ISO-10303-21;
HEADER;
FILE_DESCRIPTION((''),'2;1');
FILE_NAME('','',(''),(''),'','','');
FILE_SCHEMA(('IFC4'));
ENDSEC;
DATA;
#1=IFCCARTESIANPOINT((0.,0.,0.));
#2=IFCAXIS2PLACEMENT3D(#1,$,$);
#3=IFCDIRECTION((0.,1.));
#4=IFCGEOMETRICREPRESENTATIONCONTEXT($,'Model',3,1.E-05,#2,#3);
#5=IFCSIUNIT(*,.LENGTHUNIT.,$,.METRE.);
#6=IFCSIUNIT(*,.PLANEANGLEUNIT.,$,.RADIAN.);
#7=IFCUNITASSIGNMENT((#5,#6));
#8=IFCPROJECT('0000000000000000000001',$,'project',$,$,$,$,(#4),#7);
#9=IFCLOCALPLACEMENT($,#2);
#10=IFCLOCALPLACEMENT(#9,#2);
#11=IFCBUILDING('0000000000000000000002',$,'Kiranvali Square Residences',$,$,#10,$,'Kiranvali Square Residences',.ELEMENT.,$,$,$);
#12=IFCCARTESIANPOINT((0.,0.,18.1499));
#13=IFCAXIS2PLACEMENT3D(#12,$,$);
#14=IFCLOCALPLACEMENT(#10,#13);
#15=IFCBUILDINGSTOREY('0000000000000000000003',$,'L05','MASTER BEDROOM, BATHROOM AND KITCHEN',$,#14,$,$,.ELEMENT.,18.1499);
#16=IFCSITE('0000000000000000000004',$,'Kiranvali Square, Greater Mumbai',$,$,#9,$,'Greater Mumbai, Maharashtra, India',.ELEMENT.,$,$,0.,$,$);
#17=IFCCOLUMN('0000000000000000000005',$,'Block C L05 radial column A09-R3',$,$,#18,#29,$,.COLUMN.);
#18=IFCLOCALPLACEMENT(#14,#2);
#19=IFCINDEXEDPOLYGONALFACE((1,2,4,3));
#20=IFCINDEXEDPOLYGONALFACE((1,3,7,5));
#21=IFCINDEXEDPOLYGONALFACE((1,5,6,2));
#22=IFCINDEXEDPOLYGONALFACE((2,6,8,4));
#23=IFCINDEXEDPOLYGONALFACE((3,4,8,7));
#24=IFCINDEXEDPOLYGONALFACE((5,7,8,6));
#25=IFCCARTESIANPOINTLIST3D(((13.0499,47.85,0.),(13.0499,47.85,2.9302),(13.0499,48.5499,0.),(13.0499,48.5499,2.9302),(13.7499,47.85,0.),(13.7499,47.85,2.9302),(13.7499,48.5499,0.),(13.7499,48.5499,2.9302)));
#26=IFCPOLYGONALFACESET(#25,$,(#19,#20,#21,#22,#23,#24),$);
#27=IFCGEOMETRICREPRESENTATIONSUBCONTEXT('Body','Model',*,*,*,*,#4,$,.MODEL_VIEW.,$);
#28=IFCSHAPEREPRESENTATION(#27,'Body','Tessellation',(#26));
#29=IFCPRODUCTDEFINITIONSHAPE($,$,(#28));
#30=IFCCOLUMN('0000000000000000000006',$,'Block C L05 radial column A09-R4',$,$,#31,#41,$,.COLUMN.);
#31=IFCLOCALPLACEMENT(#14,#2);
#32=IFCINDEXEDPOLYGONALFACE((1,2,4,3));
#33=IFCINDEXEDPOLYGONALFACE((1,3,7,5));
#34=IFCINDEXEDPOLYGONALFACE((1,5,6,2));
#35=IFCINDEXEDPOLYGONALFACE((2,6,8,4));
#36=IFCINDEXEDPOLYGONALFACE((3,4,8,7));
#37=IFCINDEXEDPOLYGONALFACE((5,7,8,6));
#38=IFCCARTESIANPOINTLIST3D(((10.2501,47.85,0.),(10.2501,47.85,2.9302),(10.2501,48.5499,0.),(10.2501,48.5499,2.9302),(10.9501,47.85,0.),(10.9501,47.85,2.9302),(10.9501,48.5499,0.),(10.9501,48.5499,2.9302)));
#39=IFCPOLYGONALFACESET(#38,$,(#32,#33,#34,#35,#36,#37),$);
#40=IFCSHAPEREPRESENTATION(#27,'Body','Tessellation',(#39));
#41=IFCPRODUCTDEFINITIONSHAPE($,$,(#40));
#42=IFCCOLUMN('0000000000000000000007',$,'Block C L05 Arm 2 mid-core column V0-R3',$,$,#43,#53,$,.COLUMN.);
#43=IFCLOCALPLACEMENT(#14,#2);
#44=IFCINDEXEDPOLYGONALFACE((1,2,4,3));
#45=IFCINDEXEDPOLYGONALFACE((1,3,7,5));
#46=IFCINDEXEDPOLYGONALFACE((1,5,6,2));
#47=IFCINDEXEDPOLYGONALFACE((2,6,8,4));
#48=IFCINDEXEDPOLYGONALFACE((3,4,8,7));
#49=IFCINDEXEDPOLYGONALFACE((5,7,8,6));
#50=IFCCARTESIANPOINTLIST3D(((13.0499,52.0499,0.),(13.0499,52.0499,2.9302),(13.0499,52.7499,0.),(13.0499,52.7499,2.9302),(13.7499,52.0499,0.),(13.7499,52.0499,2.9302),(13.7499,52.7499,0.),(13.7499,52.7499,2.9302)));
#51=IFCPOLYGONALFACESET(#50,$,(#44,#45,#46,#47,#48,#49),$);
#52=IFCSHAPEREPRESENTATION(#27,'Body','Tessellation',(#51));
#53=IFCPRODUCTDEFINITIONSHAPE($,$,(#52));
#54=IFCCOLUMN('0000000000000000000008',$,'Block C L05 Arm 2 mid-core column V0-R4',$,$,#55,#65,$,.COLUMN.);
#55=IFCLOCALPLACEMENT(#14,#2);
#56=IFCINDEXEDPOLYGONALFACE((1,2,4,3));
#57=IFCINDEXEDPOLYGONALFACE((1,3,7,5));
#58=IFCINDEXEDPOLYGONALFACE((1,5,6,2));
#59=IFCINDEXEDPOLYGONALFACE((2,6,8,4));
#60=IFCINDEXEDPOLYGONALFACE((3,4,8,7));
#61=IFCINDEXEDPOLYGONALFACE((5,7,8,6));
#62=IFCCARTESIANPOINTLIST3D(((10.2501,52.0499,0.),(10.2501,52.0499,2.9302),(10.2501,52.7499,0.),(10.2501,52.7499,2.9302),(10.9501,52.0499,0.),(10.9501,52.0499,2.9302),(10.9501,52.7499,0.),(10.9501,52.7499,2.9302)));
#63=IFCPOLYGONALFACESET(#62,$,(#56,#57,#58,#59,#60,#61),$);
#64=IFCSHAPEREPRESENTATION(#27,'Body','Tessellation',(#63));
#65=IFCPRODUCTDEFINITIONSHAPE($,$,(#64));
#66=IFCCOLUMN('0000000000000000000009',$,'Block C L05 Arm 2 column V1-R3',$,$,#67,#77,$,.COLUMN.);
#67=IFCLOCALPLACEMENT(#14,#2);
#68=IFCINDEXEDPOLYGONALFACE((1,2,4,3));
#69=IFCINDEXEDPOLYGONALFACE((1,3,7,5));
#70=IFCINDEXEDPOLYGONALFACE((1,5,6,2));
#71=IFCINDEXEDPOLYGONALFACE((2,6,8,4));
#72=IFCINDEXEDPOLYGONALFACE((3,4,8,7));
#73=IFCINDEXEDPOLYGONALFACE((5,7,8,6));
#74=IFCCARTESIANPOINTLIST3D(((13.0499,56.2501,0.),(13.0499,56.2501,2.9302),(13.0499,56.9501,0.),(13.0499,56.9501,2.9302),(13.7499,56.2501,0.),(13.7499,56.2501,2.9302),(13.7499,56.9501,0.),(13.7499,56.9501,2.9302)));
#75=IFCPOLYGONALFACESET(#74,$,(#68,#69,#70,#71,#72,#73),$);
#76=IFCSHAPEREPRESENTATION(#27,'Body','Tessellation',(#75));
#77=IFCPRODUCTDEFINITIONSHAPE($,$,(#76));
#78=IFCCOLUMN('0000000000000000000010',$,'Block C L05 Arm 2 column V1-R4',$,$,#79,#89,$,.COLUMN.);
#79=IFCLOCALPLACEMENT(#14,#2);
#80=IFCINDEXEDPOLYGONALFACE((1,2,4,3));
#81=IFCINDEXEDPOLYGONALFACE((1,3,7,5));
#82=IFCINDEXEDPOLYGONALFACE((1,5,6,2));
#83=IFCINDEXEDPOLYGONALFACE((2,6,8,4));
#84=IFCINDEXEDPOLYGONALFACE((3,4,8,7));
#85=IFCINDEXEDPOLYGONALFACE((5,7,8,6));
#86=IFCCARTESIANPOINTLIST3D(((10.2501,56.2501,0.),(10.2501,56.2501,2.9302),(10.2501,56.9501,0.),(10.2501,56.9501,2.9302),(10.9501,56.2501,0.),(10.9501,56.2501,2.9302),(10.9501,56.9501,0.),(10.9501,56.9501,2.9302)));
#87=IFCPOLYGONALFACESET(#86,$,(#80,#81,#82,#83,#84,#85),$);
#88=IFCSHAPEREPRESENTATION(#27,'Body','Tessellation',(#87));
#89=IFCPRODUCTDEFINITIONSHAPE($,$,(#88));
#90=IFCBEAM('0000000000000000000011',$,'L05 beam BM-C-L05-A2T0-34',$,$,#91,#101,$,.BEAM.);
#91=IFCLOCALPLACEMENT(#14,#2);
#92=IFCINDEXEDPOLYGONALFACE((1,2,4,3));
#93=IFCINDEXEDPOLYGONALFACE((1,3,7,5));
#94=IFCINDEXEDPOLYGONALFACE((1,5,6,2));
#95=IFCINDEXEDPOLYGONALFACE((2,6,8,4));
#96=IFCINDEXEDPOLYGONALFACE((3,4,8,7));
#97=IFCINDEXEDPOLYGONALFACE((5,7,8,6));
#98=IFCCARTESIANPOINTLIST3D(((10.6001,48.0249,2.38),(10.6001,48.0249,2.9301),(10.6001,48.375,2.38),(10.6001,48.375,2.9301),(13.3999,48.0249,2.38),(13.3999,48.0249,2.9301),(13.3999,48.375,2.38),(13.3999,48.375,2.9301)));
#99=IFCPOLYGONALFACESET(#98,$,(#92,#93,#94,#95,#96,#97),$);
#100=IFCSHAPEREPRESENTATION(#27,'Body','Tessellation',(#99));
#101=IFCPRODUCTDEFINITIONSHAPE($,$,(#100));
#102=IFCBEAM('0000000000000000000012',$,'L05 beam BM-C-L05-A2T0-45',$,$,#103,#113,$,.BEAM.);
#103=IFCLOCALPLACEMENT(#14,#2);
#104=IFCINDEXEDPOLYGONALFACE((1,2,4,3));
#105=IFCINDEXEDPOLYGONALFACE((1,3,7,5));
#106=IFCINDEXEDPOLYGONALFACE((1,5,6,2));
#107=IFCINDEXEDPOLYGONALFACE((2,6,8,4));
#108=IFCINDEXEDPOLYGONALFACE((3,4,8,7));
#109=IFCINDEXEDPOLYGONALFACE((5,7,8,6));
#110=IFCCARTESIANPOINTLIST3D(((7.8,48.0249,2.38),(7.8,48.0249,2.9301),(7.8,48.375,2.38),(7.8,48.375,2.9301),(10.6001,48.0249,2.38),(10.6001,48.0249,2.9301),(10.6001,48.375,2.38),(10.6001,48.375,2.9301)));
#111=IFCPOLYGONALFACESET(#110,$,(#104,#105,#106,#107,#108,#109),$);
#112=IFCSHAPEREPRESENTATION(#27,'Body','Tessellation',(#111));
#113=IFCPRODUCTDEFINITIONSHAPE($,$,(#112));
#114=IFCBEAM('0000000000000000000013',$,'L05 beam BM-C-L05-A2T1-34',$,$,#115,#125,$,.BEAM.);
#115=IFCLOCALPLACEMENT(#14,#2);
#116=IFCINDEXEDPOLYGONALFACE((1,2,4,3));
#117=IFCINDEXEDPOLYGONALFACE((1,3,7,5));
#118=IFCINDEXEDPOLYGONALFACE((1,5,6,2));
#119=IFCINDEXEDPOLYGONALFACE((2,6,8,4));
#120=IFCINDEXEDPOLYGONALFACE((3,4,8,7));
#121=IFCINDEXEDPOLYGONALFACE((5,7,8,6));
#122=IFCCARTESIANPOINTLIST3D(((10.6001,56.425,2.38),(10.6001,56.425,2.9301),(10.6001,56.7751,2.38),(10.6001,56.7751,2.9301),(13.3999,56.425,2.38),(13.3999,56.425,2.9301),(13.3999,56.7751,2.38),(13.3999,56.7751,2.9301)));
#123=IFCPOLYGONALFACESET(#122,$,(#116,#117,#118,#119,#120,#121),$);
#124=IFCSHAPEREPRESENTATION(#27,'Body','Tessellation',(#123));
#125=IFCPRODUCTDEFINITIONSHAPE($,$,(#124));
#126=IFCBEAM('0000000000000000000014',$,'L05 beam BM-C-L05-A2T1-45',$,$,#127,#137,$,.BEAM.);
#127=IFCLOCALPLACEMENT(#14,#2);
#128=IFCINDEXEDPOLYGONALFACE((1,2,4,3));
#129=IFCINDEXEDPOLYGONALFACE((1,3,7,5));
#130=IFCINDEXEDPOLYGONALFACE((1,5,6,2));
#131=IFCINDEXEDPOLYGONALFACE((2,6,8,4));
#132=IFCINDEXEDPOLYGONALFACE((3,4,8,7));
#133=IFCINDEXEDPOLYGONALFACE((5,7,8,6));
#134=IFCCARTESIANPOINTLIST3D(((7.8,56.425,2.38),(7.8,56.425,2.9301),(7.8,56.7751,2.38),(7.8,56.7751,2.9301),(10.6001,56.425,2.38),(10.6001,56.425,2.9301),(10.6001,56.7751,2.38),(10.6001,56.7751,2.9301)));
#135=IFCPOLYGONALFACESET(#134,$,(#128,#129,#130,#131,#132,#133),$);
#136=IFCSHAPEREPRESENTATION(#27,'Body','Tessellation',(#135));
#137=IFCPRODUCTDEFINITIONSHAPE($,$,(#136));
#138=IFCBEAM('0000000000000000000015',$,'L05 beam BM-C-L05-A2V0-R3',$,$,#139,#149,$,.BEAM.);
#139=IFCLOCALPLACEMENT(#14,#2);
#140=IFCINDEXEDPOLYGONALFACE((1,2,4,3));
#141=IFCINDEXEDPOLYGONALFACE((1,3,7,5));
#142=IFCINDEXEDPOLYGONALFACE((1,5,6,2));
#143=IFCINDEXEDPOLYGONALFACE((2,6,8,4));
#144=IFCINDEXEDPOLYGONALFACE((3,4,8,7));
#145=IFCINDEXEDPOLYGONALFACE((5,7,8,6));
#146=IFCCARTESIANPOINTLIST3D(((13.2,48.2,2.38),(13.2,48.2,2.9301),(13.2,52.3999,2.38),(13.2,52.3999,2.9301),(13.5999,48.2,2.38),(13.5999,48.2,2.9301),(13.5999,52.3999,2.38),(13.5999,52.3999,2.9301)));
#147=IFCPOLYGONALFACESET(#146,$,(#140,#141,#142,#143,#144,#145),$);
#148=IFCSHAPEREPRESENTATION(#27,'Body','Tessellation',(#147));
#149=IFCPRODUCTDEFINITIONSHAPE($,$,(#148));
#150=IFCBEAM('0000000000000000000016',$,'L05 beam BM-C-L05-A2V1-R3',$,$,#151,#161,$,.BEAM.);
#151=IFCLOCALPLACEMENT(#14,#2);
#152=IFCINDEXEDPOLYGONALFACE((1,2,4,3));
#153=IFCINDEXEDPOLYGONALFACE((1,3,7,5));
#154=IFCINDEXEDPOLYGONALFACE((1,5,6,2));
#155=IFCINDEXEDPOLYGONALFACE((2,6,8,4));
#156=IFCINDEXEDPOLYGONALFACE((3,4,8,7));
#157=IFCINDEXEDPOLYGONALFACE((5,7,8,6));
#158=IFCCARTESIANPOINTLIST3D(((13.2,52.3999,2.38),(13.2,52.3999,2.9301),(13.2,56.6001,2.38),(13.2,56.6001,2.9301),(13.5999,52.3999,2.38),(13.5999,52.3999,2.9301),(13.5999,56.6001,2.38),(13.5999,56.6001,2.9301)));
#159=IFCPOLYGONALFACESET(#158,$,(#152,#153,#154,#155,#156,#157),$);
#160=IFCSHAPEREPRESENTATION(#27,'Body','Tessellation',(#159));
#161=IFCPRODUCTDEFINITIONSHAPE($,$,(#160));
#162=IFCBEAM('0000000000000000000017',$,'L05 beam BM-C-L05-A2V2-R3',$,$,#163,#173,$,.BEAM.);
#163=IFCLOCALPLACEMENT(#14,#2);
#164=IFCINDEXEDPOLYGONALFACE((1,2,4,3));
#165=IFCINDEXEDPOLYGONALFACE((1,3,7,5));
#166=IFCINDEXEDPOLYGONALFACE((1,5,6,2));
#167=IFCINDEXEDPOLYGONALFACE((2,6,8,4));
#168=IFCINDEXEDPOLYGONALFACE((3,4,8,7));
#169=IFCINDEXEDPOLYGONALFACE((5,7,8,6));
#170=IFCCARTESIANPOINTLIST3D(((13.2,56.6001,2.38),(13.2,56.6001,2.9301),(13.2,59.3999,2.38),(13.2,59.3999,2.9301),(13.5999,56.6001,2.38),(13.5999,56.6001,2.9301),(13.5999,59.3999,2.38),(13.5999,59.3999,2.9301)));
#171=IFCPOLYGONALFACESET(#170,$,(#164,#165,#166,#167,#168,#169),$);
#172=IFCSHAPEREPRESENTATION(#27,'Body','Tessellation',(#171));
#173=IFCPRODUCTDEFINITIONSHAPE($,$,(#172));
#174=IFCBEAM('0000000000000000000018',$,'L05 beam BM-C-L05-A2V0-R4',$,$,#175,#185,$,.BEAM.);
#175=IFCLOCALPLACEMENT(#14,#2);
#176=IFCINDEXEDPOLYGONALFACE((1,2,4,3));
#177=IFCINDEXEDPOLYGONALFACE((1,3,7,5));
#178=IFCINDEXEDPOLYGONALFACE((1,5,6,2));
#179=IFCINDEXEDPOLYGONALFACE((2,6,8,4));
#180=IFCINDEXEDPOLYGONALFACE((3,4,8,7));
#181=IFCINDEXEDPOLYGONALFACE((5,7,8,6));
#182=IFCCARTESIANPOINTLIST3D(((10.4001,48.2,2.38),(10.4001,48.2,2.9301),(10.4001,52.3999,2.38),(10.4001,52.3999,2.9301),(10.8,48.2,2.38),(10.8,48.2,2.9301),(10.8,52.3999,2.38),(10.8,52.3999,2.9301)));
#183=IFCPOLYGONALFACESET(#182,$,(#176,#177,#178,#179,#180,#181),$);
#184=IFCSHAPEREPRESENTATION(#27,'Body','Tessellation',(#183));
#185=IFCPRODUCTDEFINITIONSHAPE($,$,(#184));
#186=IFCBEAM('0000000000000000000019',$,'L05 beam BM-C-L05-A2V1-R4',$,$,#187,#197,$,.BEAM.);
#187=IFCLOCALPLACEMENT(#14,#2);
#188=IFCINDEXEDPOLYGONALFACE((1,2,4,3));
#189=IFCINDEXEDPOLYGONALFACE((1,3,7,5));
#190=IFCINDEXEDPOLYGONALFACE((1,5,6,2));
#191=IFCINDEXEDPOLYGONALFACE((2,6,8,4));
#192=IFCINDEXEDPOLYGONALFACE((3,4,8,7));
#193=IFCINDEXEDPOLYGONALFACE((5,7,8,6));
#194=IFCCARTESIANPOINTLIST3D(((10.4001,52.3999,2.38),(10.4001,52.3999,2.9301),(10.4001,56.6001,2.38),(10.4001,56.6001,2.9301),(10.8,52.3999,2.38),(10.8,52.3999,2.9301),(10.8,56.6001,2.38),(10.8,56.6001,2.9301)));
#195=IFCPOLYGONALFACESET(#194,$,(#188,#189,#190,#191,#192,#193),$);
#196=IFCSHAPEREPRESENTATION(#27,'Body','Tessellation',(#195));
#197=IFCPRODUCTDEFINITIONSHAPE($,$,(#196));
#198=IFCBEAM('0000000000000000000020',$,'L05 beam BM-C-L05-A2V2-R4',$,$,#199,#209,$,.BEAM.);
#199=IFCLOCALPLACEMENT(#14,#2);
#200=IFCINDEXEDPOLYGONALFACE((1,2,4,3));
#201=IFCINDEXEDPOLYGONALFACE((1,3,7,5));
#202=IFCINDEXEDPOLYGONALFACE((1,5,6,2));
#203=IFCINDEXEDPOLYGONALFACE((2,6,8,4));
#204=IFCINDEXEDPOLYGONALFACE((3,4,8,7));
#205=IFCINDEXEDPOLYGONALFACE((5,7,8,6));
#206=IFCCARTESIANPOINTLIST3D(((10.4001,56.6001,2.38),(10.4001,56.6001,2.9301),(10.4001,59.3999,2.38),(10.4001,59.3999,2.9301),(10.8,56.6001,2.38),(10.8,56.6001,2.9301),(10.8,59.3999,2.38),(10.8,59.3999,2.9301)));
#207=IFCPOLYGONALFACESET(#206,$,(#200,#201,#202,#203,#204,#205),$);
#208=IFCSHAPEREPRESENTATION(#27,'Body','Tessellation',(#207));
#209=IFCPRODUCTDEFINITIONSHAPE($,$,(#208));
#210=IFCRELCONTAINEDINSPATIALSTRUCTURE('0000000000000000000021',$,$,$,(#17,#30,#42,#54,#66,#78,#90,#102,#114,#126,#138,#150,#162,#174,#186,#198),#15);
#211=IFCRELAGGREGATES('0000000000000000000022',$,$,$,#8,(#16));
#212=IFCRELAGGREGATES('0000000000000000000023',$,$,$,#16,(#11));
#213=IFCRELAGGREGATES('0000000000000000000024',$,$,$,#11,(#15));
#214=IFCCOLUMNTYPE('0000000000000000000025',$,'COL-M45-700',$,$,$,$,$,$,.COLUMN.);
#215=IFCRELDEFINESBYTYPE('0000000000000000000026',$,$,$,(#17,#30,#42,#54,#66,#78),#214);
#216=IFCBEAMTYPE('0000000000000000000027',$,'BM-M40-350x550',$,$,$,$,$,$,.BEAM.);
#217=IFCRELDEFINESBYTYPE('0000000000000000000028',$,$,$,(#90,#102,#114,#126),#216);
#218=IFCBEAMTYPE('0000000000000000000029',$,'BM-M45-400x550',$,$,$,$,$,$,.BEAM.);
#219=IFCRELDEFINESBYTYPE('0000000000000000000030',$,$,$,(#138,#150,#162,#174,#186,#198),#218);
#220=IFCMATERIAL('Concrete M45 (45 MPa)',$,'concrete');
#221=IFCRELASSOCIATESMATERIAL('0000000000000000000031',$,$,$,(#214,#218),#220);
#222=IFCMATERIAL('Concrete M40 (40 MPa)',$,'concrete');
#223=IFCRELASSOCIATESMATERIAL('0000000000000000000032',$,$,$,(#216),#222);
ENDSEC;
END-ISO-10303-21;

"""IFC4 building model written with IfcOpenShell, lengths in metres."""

from ifc_helpers import new_model, si_unit, direction, frame, origin, origin_2d, place, context, subcontext, project, spatial, rectangle, extrude, material, material_profile, profile_set, type_object, element, save


model = new_model("IFC4")

# Units and contexts
model_context = context("Model", 3, precision=1e-05, world=origin(), true_north=direction((0.0, 1.0)))
body_context = subcontext(model_context, "Body", "Model", "MODEL_VIEW")
ifc_project = project(units=[si_unit("LENGTHUNIT", "METRE"), si_unit("PLANEANGLEUNIT", "RADIAN")], contexts=[model_context])

# Site, building, storey
site_placement = place(None, origin())
site = spatial("IfcSite", under=ifc_project, at=site_placement, Name="Kiranvali Square, Greater Mumbai", LongName="Greater Mumbai, Maharashtra, India", CompositionType="ELEMENT", RefElevation=0.0)
building_placement = place(site_placement, origin())
building = spatial("IfcBuilding", under=site, at=building_placement, Name="Kiranvali Square Residences", LongName="Kiranvali Square Residences", CompositionType="ELEMENT")
storey_placement = place(building_placement, frame((0.0, 0.0, 18.1499)))
storey = spatial("IfcBuildingStorey", under=building, at=storey_placement, Name="L05", Description="MASTER BEDROOM, BATHROOM AND KITCHEN", CompositionType="ELEMENT", Elevation=18.1499)

# Columns
ifc_material_1 = material(Name="Concrete M45 (45 MPa)", Category="concrete")
ifc_material_profile_1 = material_profile(ifc_material_1, rectangle(XDim=0.7, YDim=0.7, at=origin_2d()), Name="RC 700x700")
ifc_profile_set_1 = profile_set([ifc_material_profile_1], Name="Concrete M45 (45 MPa)")
column_type = type_object("IfcColumnType", Name="COL-M45-700", PredefinedType="COLUMN", material=ifc_profile_set_1)
for number, where, z_axis, x_axis, name in (
    (1, (13.3999, 48.2, 0.0), (0.0, 0.0, 1.0), (0.0, 1.0, 0.0), "Block C L05 radial column A09-R3"),
    (2, (10.6001, 48.2, 0.0), (0.0, 0.0, 1.0), (0.0, 1.0, 0.0), "Block C L05 radial column A09-R4"),
    (3, (13.3999, 52.3999, 0.0), (0.0, 0.0, 1.0), (1.0, 0.0, 0.0), "Block C L05 Arm 2 mid-core column V0-R3"),
    (4, (10.6001, 52.3999, 0.0), (0.0, 0.0, 1.0), (1.0, 0.0, 0.0), "Block C L05 Arm 2 mid-core column V0-R4"),
    (5, (13.3999, 56.6001, 0.0), (0.0, 0.0, 1.0), (1.0, 0.0, 0.0), "Block C L05 Arm 2 column V1-R3"),
    (6, (10.6001, 56.6001, 0.0), (0.0, 0.0, 1.0), (1.0, 0.0, 0.0), "Block C L05 Arm 2 column V1-R4"),
):
    element("IfcColumn", number, at=place(storey_placement, frame(where, z_axis=z_axis, x_axis=x_axis)), inside=storey, type_object=column_type, Name=name, PredefinedType="COLUMN", context=body_context, shape_type="SweptSolid", body=[
        extrude(rectangle(XDim=0.7, YDim=0.7, at=origin_2d()), origin(), (0.0, 0.0, 1.0), 2.9302),
    ])

# Beams
ifc_material_2 = material(Name="Concrete M40 (40 MPa)", Category="concrete")
ifc_material_profile_2 = material_profile(ifc_material_2, rectangle(XDim=0.3501, YDim=0.55, at=origin_2d()), Name="RC 350x550")
ifc_profile_set_2 = profile_set([ifc_material_profile_2], Name="Concrete M40 (40 MPa)")
beam_type_1 = type_object("IfcBeamType", Name="BM-M40-350x550", PredefinedType="BEAM", material=ifc_profile_set_2)
beam_1_placement = place(storey_placement, frame((13.3999, 48.2, 2.655), z_axis=(-1.0, 0.0, 0.0), x_axis=(0.0, -1.0, 0.0)))
element("IfcBeam", 7, at=beam_1_placement, inside=storey, type_object=beam_type_1, Name="L05 beam BM-C-L05-A2T0-34", PredefinedType="BEAM", context=body_context, shape_type="SweptSolid", body=[
    extrude(rectangle(XDim=0.3501, YDim=0.55, at=origin_2d()), origin(), (0.0, 0.0, 1.0), 2.7998),
])
beam_2_placement = place(storey_placement, frame((10.6001, 48.2, 2.655), z_axis=(-1.0, 0.0, 0.0), x_axis=(0.0, -1.0, 0.0)))
element("IfcBeam", 8, at=beam_2_placement, inside=storey, type_object=beam_type_1, Name="L05 beam BM-C-L05-A2T0-45", PredefinedType="BEAM", context=body_context, shape_type="SweptSolid", body=[
    extrude(rectangle(XDim=0.3501, YDim=0.55, at=origin_2d()), origin(), (0.0, 0.0, 1.0), 2.8),
])
beam_3_placement = place(storey_placement, frame((13.3999, 56.6001, 2.655), z_axis=(-1.0, 0.0, 0.0), x_axis=(0.0, -1.0, 0.0)))
element("IfcBeam", 9, at=beam_3_placement, inside=storey, type_object=beam_type_1, Name="L05 beam BM-C-L05-A2T1-34", PredefinedType="BEAM", context=body_context, shape_type="SweptSolid", body=[
    extrude(rectangle(XDim=0.3501, YDim=0.55, at=origin_2d()), origin(), (0.0, 0.0, 1.0), 2.7998),
])
beam_4_placement = place(storey_placement, frame((10.6001, 56.6001, 2.655), z_axis=(-1.0, 0.0, 0.0), x_axis=(0.0, -1.0, 0.0)))
element("IfcBeam", 10, at=beam_4_placement, inside=storey, type_object=beam_type_1, Name="L05 beam BM-C-L05-A2T1-45", PredefinedType="BEAM", context=body_context, shape_type="SweptSolid", body=[
    extrude(rectangle(XDim=0.3501, YDim=0.55, at=origin_2d()), origin(), (0.0, 0.0, 1.0), 2.8),
])
ifc_material_profile_3 = material_profile(ifc_material_1, rectangle(XDim=0.3999, YDim=0.55, at=origin_2d()), Name="RC 400x550")
ifc_profile_set_3 = profile_set([ifc_material_profile_3], Name="Concrete M45 (45 MPa)")
beam_type_2 = type_object("IfcBeamType", Name="BM-M45-400x550", PredefinedType="BEAM", material=ifc_profile_set_3)
beam_5_placement = place(storey_placement, frame((13.3999, 48.2, 2.655), z_axis=(0.0, 1.0, 0.0), x_axis=(-1.0, 0.0, 0.0)))
element("IfcBeam", 11, at=beam_5_placement, inside=storey, type_object=beam_type_2, Name="L05 beam BM-C-L05-A2V0-R3", PredefinedType="BEAM", context=body_context, shape_type="SweptSolid", body=[
    extrude(rectangle(XDim=0.3999, YDim=0.55, at=origin_2d()), origin(), (0.0, 0.0, 1.0), 4.2),
])
beam_6_placement = place(storey_placement, frame((13.3999, 52.3999, 2.655), z_axis=(0.0, 1.0, 0.0), x_axis=(-1.0, 0.0, 0.0)))
element("IfcBeam", 12, at=beam_6_placement, inside=storey, type_object=beam_type_2, Name="L05 beam BM-C-L05-A2V1-R3", PredefinedType="BEAM", context=body_context, shape_type="SweptSolid", body=[
    extrude(rectangle(XDim=0.3999, YDim=0.55, at=origin_2d()), origin(), (0.0, 0.0, 1.0), 4.2002),
])
beam_7_placement = place(storey_placement, frame((13.3999, 56.6001, 2.655), z_axis=(0.0, 1.0, 0.0), x_axis=(-1.0, 0.0, 0.0)))
element("IfcBeam", 13, at=beam_7_placement, inside=storey, type_object=beam_type_2, Name="L05 beam BM-C-L05-A2V2-R3", PredefinedType="BEAM", context=body_context, shape_type="SweptSolid", body=[
    extrude(rectangle(XDim=0.3999, YDim=0.55, at=origin_2d()), origin(), (0.0, 0.0, 1.0), 2.7998),
])
beam_8_placement = place(storey_placement, frame((10.6001, 48.2, 2.655), z_axis=(0.0, 1.0, 0.0), x_axis=(-1.0, 0.0, 0.0)))
element("IfcBeam", 14, at=beam_8_placement, inside=storey, type_object=beam_type_2, Name="L05 beam BM-C-L05-A2V0-R4", PredefinedType="BEAM", context=body_context, shape_type="SweptSolid", body=[
    extrude(rectangle(XDim=0.3999, YDim=0.55, at=origin_2d()), origin(), (0.0, 0.0, 1.0), 4.2),
])
beam_9_placement = place(storey_placement, frame((10.6001, 52.3999, 2.655), z_axis=(0.0, 1.0, 0.0), x_axis=(-1.0, 0.0, 0.0)))
element("IfcBeam", 15, at=beam_9_placement, inside=storey, type_object=beam_type_2, Name="L05 beam BM-C-L05-A2V1-R4", PredefinedType="BEAM", context=body_context, shape_type="SweptSolid", body=[
    extrude(rectangle(XDim=0.3999, YDim=0.55, at=origin_2d()), origin(), (0.0, 0.0, 1.0), 4.2002),
])
beam_10_placement = place(storey_placement, frame((10.6001, 56.6001, 2.655), z_axis=(0.0, 1.0, 0.0), x_axis=(-1.0, 0.0, 0.0)))
element("IfcBeam", 16, at=beam_10_placement, inside=storey, type_object=beam_type_2, Name="L05 beam BM-C-L05-A2V2-R4", PredefinedType="BEAM", context=body_context, shape_type="SweptSolid", body=[
    extrude(rectangle(XDim=0.3999, YDim=0.55, at=origin_2d()), origin(), (0.0, 0.0, 1.0), 2.7998),
])

save(model, "model.ifc")
